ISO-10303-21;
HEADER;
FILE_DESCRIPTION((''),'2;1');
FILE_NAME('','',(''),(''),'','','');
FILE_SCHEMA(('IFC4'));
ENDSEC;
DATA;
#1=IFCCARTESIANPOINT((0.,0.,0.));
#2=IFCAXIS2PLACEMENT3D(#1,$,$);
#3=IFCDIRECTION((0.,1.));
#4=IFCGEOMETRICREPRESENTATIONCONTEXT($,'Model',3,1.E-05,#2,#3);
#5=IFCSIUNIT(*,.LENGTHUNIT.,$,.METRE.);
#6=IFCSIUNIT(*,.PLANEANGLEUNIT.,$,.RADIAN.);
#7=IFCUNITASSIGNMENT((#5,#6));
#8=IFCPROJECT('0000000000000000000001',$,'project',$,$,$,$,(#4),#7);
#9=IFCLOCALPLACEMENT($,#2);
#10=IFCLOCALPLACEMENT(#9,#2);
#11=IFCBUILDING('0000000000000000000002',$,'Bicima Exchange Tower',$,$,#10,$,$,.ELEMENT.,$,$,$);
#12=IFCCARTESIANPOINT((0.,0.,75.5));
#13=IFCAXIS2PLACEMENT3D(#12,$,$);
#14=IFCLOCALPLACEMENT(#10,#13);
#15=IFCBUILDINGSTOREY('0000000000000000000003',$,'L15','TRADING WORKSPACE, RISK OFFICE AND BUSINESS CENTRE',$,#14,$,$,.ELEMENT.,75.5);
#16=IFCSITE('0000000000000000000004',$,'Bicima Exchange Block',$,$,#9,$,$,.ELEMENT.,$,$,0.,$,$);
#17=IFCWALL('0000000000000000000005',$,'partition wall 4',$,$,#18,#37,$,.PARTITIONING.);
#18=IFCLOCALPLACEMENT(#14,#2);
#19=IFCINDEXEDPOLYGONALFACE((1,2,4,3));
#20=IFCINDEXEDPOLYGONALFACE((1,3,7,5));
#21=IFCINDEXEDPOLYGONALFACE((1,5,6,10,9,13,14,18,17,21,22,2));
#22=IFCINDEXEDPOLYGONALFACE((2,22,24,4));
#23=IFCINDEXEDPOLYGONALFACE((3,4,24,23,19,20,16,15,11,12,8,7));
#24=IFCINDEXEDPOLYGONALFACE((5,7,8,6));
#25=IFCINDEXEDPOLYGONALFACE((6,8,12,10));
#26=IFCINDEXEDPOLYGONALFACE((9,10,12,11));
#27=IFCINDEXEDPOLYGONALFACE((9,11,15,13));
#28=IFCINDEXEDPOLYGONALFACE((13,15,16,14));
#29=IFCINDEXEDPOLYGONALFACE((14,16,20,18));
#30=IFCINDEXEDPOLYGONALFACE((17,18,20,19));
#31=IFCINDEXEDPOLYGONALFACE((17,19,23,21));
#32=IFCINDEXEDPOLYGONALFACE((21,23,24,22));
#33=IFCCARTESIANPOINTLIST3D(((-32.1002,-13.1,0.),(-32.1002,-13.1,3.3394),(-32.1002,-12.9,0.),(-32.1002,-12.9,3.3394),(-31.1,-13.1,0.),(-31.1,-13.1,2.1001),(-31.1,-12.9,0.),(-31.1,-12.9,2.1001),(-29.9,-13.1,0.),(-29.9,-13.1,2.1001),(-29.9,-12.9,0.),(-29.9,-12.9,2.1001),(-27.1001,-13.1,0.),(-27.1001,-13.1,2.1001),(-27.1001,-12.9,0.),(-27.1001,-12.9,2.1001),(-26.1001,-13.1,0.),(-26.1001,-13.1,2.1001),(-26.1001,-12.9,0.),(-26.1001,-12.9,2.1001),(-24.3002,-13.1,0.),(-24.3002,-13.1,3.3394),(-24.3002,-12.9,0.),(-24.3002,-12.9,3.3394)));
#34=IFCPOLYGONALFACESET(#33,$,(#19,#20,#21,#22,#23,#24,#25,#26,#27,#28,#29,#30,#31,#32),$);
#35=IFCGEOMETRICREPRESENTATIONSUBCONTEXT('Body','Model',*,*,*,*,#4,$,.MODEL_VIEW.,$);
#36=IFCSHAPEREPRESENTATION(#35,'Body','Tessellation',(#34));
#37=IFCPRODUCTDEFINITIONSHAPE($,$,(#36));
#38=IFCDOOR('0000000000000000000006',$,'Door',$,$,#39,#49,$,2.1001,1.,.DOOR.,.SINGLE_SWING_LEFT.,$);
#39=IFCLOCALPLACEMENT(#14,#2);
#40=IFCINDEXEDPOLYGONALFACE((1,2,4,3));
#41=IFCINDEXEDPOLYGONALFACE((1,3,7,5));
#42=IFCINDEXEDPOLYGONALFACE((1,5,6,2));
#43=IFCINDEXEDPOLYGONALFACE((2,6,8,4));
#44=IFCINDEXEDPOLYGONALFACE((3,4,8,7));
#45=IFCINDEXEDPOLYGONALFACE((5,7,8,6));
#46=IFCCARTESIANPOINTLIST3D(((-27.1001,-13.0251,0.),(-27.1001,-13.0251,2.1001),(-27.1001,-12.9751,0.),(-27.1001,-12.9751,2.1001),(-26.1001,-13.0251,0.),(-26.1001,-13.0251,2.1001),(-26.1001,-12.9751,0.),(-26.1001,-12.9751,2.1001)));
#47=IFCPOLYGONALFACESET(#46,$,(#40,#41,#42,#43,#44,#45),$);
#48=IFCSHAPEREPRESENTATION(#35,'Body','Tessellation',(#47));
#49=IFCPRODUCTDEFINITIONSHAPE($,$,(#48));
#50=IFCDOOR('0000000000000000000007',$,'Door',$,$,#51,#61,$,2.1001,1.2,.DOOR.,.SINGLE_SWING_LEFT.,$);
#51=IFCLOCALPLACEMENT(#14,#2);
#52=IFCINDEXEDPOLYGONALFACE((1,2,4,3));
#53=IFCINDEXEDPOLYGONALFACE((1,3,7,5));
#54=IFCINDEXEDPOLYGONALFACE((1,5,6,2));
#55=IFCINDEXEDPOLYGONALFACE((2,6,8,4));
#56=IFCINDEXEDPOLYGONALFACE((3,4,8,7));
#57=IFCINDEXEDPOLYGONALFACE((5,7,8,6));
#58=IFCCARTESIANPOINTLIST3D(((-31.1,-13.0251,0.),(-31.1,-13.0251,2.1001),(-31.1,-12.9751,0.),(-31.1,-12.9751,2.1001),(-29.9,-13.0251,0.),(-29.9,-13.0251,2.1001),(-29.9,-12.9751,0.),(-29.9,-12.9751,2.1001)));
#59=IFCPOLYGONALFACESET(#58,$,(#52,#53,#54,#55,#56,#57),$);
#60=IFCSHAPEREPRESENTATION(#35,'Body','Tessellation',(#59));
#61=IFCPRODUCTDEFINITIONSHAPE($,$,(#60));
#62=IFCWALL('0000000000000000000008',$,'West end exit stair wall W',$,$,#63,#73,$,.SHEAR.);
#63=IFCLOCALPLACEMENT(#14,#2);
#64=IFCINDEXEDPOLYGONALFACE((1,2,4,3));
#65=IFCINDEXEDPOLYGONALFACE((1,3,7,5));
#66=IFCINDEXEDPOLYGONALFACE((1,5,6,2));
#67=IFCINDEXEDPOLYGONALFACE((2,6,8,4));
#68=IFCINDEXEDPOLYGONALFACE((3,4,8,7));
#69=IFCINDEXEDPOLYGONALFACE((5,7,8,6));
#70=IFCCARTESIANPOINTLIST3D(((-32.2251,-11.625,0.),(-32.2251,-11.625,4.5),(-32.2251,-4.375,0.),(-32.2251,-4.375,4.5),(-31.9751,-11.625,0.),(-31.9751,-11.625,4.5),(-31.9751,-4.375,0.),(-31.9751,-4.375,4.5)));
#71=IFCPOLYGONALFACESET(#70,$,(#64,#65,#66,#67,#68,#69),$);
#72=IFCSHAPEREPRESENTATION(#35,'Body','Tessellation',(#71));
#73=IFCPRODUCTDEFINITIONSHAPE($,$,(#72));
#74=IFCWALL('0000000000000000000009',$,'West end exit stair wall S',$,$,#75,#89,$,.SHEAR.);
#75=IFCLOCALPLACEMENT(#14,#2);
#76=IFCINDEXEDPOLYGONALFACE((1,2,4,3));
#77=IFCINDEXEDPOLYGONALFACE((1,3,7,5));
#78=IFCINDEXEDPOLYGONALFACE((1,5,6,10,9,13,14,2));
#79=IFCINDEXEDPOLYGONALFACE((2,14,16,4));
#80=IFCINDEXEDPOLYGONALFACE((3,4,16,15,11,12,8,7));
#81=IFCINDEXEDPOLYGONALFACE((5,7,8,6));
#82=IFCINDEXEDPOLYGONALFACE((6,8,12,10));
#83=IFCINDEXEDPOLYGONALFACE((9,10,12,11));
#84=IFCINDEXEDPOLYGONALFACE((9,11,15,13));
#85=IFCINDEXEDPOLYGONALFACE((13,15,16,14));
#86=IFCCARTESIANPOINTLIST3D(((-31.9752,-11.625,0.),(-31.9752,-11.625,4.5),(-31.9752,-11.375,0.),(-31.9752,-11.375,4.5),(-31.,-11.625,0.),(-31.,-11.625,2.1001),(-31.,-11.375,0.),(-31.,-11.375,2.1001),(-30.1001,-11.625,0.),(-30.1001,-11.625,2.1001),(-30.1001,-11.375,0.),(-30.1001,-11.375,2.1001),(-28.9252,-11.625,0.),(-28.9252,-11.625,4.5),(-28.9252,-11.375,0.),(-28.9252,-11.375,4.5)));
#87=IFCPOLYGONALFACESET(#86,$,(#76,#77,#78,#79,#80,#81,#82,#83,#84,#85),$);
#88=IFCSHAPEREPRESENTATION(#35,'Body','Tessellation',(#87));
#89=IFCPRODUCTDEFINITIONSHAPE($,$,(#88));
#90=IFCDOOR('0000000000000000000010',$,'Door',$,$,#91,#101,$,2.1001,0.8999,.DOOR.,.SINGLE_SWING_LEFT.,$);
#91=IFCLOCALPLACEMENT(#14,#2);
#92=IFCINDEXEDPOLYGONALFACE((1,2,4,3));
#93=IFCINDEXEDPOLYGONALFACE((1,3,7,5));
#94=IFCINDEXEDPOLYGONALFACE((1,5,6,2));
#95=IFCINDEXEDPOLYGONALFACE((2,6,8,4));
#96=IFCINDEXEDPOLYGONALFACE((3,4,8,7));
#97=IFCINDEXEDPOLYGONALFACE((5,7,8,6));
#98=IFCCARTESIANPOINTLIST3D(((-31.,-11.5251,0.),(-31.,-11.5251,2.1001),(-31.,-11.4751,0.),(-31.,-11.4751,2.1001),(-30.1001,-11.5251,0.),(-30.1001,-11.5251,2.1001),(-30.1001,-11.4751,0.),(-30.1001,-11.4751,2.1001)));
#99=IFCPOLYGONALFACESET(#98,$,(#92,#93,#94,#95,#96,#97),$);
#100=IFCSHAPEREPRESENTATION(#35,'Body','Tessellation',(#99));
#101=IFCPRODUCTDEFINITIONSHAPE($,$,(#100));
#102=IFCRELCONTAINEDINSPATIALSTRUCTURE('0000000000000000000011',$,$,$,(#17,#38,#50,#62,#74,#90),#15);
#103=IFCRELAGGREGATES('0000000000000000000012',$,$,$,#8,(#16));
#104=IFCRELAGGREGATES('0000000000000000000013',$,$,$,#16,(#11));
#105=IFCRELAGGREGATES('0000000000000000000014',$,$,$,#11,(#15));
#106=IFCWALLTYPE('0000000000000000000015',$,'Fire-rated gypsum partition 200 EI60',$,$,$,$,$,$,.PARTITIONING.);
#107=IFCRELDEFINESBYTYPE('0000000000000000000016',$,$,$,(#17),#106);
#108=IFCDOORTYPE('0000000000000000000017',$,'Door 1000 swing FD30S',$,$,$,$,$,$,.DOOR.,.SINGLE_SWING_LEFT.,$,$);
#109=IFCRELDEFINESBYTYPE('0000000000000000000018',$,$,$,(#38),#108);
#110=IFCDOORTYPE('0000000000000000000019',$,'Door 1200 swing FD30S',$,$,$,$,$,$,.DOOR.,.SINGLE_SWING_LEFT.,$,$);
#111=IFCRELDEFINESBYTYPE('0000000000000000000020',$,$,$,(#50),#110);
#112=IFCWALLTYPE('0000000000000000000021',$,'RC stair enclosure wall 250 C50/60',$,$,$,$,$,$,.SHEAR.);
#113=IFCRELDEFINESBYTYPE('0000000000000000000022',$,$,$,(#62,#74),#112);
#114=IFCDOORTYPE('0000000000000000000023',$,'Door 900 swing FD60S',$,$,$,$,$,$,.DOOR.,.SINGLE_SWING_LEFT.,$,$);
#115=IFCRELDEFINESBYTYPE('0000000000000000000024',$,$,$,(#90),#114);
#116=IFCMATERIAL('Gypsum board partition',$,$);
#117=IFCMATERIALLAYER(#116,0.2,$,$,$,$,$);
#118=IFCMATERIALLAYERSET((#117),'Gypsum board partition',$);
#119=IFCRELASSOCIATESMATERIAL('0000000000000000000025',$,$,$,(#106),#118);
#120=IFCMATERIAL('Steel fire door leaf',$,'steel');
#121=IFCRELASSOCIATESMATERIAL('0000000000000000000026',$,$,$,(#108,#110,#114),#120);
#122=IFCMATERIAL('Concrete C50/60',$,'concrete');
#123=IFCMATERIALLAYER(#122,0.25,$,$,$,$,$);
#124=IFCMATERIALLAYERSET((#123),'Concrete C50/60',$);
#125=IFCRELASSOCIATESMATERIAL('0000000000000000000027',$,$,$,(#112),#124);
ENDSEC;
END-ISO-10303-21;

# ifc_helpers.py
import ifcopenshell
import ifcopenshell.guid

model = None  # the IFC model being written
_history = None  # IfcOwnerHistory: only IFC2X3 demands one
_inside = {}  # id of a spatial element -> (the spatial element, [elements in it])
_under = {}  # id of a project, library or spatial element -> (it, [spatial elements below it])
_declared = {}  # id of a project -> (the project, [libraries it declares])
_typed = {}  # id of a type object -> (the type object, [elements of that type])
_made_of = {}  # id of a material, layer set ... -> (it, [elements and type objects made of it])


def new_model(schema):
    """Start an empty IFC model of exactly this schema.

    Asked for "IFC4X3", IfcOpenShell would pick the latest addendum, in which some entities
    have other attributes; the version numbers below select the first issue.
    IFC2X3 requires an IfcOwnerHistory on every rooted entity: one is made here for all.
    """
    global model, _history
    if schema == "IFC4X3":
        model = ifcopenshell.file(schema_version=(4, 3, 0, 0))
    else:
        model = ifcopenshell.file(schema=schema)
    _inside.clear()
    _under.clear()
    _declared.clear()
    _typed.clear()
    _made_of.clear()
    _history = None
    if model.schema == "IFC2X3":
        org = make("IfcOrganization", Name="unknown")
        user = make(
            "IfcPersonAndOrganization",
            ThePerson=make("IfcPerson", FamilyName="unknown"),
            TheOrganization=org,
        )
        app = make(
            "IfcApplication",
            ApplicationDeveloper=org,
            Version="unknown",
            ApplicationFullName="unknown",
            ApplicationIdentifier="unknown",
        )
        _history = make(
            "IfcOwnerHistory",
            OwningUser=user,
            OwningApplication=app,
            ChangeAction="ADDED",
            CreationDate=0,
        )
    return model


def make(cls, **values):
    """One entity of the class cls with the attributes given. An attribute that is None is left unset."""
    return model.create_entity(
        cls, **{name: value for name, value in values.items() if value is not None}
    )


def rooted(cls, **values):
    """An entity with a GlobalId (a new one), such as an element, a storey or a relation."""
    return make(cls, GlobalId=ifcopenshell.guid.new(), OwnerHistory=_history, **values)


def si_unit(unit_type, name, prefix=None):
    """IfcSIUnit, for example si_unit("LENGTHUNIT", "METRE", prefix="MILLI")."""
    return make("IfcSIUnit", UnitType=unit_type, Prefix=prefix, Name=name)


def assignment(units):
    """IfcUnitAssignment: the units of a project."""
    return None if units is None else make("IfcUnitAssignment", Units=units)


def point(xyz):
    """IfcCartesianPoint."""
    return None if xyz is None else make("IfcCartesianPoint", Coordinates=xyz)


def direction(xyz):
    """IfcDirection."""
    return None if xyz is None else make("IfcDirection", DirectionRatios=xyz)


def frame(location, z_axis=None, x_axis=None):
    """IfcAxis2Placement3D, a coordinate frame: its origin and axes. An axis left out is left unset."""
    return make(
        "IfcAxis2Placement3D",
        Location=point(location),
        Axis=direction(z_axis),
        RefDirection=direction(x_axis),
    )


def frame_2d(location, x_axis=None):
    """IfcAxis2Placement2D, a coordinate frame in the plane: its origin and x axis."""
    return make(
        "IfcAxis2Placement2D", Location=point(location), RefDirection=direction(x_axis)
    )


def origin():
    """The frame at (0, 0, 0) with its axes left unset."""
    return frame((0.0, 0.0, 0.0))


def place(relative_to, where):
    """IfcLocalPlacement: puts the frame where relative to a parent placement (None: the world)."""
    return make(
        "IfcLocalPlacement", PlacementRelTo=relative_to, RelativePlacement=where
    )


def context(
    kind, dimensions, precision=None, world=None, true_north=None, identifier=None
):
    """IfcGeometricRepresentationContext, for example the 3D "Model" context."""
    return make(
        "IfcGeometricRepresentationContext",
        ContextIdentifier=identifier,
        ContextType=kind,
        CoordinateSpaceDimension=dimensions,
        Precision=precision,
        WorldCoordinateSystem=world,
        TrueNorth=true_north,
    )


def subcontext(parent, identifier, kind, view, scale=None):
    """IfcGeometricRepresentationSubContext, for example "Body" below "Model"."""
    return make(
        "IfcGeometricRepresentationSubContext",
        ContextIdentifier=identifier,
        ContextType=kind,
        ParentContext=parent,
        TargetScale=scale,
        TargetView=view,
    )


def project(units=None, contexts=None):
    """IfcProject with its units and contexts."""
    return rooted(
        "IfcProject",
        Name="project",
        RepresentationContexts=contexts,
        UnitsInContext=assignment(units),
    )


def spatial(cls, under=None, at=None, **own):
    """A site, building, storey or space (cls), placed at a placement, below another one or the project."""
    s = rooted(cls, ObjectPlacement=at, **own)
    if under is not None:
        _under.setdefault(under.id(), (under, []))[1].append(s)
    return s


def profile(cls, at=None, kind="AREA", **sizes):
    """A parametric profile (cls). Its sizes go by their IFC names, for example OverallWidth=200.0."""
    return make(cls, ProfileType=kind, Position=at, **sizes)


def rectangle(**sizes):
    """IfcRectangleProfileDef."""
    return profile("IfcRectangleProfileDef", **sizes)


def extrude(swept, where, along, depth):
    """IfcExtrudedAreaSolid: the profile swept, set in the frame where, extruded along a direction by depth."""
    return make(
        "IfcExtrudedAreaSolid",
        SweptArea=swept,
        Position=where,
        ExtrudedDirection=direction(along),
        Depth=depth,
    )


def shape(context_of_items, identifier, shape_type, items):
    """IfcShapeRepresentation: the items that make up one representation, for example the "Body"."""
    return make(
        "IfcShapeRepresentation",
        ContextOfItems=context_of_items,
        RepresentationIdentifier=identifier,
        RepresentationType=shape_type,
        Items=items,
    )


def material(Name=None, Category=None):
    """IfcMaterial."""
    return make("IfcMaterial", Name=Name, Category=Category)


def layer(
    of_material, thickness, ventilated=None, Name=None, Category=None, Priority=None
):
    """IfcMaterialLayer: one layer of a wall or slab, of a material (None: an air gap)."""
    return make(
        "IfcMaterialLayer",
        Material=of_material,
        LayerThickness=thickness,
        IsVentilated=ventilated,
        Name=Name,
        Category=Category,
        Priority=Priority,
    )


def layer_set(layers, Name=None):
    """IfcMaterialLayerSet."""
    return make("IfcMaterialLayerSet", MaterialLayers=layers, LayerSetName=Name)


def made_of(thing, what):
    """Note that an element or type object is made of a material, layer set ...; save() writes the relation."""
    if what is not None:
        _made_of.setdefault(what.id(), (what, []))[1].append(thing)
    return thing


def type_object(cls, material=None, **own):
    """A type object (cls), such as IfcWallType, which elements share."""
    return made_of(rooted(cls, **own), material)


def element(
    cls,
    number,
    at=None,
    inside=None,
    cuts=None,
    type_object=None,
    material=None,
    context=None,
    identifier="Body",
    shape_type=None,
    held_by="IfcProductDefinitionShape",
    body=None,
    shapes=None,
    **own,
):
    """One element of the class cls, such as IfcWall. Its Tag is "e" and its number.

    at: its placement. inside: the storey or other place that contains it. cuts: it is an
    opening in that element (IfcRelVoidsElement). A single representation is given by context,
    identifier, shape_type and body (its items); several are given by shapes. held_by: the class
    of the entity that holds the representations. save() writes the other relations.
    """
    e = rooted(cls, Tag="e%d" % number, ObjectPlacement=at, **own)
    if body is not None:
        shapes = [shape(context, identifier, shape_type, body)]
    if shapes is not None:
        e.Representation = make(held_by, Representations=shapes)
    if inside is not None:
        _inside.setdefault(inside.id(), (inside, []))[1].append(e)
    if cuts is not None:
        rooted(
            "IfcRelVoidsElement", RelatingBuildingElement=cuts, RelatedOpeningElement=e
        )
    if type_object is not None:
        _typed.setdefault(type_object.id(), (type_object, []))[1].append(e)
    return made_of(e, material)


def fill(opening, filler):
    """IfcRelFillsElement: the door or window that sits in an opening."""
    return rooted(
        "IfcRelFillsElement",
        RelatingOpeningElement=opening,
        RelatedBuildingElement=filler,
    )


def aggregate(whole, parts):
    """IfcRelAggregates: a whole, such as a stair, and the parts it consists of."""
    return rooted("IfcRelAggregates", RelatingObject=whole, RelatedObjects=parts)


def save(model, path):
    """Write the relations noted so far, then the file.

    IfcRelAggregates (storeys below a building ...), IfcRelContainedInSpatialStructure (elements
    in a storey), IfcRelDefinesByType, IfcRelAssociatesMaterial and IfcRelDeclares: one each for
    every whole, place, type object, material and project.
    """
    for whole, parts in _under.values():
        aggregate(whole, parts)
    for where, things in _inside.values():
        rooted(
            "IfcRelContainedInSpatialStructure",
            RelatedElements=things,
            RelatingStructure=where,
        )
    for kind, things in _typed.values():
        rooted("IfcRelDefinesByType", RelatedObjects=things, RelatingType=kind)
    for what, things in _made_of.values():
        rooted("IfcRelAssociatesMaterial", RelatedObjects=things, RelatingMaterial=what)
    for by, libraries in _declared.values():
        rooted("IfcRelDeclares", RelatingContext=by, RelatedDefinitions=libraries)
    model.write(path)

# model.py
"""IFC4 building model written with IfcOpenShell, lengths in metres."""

from ifc_helpers import new_model, si_unit, direction, frame, frame_2d, origin, place, context, subcontext, project, spatial, rectangle, extrude, material, layer, layer_set, type_object, element, fill, save


model = new_model("IFC4")

# Units and contexts
model_context = context("Model", 3, precision=1e-05, world=origin(), true_north=direction((0.0, 1.0)))
body_context = subcontext(model_context, "Body", "Model", "MODEL_VIEW")
ifc_project = project(units=[si_unit("LENGTHUNIT", "METRE"), si_unit("PLANEANGLEUNIT", "RADIAN")], contexts=[model_context])

# Site, building, storey
site_placement = place(None, origin())
site = spatial("IfcSite", under=ifc_project, at=site_placement, Name="Bicima Exchange Block", CompositionType="ELEMENT", RefElevation=0.0)
building_placement = place(site_placement, origin())
building = spatial("IfcBuilding", under=site, at=building_placement, Name="Bicima Exchange Tower", CompositionType="ELEMENT")
storey_placement = place(building_placement, frame((0.0, 0.0, 75.5)))
storey = spatial("IfcBuildingStorey", under=building, at=storey_placement, Name="L15", Description="TRADING WORKSPACE, RISK OFFICE AND BUSINESS CENTRE", CompositionType="ELEMENT", Elevation=75.5)

# Wall, openings, doors
ifc_material_1 = material(Name="Gypsum board partition")
ifc_layer_1 = layer(ifc_material_1, 0.2)
ifc_layer_set_1 = layer_set([ifc_layer_1], Name="Gypsum board partition")
wall_type_1 = type_object("IfcWallType", Name="Fire-rated gypsum partition 200 EI60", PredefinedType="PARTITIONING", material=ifc_layer_set_1)
ifc_material_2 = material(Name="Steel fire door leaf", Category="steel")
door_type_1 = type_object("IfcDoorType", Name="Door 1000 swing FD30S", OperationType="SINGLE_SWING_LEFT", PredefinedType="DOOR", material=ifc_material_2)
wall_1_placement = place(storey_placement, frame((-32.1001, -13.0, 0.0), z_axis=(0.0, 0.0, 1.0), x_axis=(1.0, 0.0, 0.0)))
wall_1 = element("IfcWall", 1, at=wall_1_placement, inside=storey, type_object=wall_type_1, Name="partition wall 4", PredefinedType="PARTITIONING", context=body_context, shape_type="SweptSolid", body=[
    extrude(rectangle(XDim=7.8, YDim=0.2, at=frame_2d((3.8999, 0.0))), origin(), (0.0, 0.0, 1.0), 3.3394),
])
opening_1_placement = place(wall_1_placement, frame((1.0, 0.0, 0.0)))
opening_1 = element("IfcOpeningElement", 2, at=opening_1_placement, cuts=wall_1, PredefinedType="OPENING", context=body_context, shape_type="SweptSolid", body=[
    extrude(rectangle(XDim=1.2, YDim=2.1001, at=frame_2d((0.6001, 1.05))), frame((0.0, 0.1118, 0.0), z_axis=(0.0, -1.0, 0.0), x_axis=(1.0, 0.0, 0.0)), (0.0, 0.0, 1.0), 0.2239),
])
opening_2_placement = place(wall_1_placement, frame((5.0, 0.0, 0.0)))
opening_2 = element("IfcOpeningElement", 3, at=opening_2_placement, cuts=wall_1, PredefinedType="OPENING", context=body_context, shape_type="SweptSolid", body=[
    extrude(rectangle(XDim=1.0, YDim=2.1001, at=frame_2d((0.5, 1.05))), frame((0.0, 0.1118, 0.0), z_axis=(0.0, -1.0, 0.0), x_axis=(1.0, 0.0, 0.0)), (0.0, 0.0, 1.0), 0.2239),
])
door_1_placement = place(opening_2_placement, origin())
door_1 = element("IfcDoor", 4, at=door_1_placement, inside=storey, type_object=door_type_1, Name="Door", OperationType="SINGLE_SWING_LEFT", OverallHeight=2.1001, OverallWidth=1.0, PredefinedType="DOOR", context=body_context, shape_type="SweptSolid", body=[
    extrude(rectangle(XDim=1.0, YDim=2.1001, at=frame_2d((0.5, 1.05))), frame((0.0, 0.0249, 0.0), z_axis=(0.0, -1.0, 0.0), x_axis=(1.0, 0.0, 0.0)), (0.0, 0.0, 1.0), 0.05),
])
fill(opening_2, door_1)
door_type_2 = type_object("IfcDoorType", Name="Door 1200 swing FD30S", OperationType="SINGLE_SWING_LEFT", PredefinedType="DOOR", material=ifc_material_2)
door_2_placement = place(opening_1_placement, origin())
door_2 = element("IfcDoor", 5, at=door_2_placement, inside=storey, type_object=door_type_2, Name="Door", OperationType="SINGLE_SWING_LEFT", OverallHeight=2.1001, OverallWidth=1.2, PredefinedType="DOOR", context=body_context, shape_type="SweptSolid", body=[
    extrude(rectangle(XDim=1.2, YDim=2.1001, at=frame_2d((0.6001, 1.05))), frame((0.0, 0.0249, 0.0), z_axis=(0.0, -1.0, 0.0), x_axis=(1.0, 0.0, 0.0)), (0.0, 0.0, 1.0), 0.05),
])
fill(opening_1, door_2)

# Wall
ifc_material_3 = material(Name="Concrete C50/60", Category="concrete")
ifc_layer_2 = layer(ifc_material_3, 0.25)
ifc_layer_set_2 = layer_set([ifc_layer_2], Name="Concrete C50/60")
wall_type_2 = type_object("IfcWallType", Name="RC stair enclosure wall 250 C50/60", PredefinedType="SHEAR", material=ifc_layer_set_2)
wall_2_placement = place(storey_placement, frame((-32.1001, -11.625, 0.0), z_axis=(0.0, 0.0, 1.0), x_axis=(0.0, 1.0, 0.0)))
element("IfcWall", 6, at=wall_2_placement, inside=storey, type_object=wall_type_2, Name="West end exit stair wall W", PredefinedType="SHEAR", context=body_context, shape_type="SweptSolid", body=[
    extrude(rectangle(XDim=7.25, YDim=0.25, at=frame_2d((3.625, 0.0))), origin(), (0.0, 0.0, 1.0), 4.5),
])

# Wall, opening, door
wall_3_placement = place(storey_placement, frame((-31.9751, -11.5, 0.0), z_axis=(0.0, 0.0, 1.0), x_axis=(1.0, 0.0, 0.0)))
wall_3 = element("IfcWall", 7, at=wall_3_placement, inside=storey, type_object=wall_type_2, Name="West end exit stair wall S", PredefinedType="SHEAR", context=body_context, shape_type="SweptSolid", body=[
    extrude(rectangle(XDim=3.05, YDim=0.25, at=frame_2d((1.5249, 0.0))), origin(), (0.0, 0.0, 1.0), 4.5),
])
opening_3_placement = place(wall_3_placement, frame((0.9751, 0.0, 0.0)))
opening_3 = element("IfcOpeningElement", 8, at=opening_3_placement, cuts=wall_3, PredefinedType="OPENING", context=body_context, shape_type="SweptSolid", body=[
    extrude(rectangle(XDim=0.8999, YDim=2.1001, at=frame_2d((0.45, 1.05))), frame((0.0, 0.137, 0.0), z_axis=(0.0, -1.0, 0.0), x_axis=(1.0, 0.0, 0.0)), (0.0, 0.0, 1.0), 0.2739),
])
door_type_3 = type_object("IfcDoorType", Name="Door 900 swing FD60S", OperationType="SINGLE_SWING_LEFT", PredefinedType="DOOR", material=ifc_material_2)
door_3_placement = place(opening_3_placement, origin())
door_3 = element("IfcDoor", 9, at=door_3_placement, inside=storey, type_object=door_type_3, Name="Door", OperationType="SINGLE_SWING_LEFT", OverallHeight=2.1001, OverallWidth=0.8999, PredefinedType="DOOR", context=body_context, shape_type="SweptSolid", body=[
    extrude(rectangle(XDim=0.8999, YDim=2.1001, at=frame_2d((0.45, 1.05))), frame((0.0, 0.0249, 0.0), z_axis=(0.0, -1.0, 0.0), x_axis=(1.0, 0.0, 0.0)), (0.0, 0.0, 1.0), 0.05),
])
fill(opening_3, door_3)

save(model, "model.ifc")
